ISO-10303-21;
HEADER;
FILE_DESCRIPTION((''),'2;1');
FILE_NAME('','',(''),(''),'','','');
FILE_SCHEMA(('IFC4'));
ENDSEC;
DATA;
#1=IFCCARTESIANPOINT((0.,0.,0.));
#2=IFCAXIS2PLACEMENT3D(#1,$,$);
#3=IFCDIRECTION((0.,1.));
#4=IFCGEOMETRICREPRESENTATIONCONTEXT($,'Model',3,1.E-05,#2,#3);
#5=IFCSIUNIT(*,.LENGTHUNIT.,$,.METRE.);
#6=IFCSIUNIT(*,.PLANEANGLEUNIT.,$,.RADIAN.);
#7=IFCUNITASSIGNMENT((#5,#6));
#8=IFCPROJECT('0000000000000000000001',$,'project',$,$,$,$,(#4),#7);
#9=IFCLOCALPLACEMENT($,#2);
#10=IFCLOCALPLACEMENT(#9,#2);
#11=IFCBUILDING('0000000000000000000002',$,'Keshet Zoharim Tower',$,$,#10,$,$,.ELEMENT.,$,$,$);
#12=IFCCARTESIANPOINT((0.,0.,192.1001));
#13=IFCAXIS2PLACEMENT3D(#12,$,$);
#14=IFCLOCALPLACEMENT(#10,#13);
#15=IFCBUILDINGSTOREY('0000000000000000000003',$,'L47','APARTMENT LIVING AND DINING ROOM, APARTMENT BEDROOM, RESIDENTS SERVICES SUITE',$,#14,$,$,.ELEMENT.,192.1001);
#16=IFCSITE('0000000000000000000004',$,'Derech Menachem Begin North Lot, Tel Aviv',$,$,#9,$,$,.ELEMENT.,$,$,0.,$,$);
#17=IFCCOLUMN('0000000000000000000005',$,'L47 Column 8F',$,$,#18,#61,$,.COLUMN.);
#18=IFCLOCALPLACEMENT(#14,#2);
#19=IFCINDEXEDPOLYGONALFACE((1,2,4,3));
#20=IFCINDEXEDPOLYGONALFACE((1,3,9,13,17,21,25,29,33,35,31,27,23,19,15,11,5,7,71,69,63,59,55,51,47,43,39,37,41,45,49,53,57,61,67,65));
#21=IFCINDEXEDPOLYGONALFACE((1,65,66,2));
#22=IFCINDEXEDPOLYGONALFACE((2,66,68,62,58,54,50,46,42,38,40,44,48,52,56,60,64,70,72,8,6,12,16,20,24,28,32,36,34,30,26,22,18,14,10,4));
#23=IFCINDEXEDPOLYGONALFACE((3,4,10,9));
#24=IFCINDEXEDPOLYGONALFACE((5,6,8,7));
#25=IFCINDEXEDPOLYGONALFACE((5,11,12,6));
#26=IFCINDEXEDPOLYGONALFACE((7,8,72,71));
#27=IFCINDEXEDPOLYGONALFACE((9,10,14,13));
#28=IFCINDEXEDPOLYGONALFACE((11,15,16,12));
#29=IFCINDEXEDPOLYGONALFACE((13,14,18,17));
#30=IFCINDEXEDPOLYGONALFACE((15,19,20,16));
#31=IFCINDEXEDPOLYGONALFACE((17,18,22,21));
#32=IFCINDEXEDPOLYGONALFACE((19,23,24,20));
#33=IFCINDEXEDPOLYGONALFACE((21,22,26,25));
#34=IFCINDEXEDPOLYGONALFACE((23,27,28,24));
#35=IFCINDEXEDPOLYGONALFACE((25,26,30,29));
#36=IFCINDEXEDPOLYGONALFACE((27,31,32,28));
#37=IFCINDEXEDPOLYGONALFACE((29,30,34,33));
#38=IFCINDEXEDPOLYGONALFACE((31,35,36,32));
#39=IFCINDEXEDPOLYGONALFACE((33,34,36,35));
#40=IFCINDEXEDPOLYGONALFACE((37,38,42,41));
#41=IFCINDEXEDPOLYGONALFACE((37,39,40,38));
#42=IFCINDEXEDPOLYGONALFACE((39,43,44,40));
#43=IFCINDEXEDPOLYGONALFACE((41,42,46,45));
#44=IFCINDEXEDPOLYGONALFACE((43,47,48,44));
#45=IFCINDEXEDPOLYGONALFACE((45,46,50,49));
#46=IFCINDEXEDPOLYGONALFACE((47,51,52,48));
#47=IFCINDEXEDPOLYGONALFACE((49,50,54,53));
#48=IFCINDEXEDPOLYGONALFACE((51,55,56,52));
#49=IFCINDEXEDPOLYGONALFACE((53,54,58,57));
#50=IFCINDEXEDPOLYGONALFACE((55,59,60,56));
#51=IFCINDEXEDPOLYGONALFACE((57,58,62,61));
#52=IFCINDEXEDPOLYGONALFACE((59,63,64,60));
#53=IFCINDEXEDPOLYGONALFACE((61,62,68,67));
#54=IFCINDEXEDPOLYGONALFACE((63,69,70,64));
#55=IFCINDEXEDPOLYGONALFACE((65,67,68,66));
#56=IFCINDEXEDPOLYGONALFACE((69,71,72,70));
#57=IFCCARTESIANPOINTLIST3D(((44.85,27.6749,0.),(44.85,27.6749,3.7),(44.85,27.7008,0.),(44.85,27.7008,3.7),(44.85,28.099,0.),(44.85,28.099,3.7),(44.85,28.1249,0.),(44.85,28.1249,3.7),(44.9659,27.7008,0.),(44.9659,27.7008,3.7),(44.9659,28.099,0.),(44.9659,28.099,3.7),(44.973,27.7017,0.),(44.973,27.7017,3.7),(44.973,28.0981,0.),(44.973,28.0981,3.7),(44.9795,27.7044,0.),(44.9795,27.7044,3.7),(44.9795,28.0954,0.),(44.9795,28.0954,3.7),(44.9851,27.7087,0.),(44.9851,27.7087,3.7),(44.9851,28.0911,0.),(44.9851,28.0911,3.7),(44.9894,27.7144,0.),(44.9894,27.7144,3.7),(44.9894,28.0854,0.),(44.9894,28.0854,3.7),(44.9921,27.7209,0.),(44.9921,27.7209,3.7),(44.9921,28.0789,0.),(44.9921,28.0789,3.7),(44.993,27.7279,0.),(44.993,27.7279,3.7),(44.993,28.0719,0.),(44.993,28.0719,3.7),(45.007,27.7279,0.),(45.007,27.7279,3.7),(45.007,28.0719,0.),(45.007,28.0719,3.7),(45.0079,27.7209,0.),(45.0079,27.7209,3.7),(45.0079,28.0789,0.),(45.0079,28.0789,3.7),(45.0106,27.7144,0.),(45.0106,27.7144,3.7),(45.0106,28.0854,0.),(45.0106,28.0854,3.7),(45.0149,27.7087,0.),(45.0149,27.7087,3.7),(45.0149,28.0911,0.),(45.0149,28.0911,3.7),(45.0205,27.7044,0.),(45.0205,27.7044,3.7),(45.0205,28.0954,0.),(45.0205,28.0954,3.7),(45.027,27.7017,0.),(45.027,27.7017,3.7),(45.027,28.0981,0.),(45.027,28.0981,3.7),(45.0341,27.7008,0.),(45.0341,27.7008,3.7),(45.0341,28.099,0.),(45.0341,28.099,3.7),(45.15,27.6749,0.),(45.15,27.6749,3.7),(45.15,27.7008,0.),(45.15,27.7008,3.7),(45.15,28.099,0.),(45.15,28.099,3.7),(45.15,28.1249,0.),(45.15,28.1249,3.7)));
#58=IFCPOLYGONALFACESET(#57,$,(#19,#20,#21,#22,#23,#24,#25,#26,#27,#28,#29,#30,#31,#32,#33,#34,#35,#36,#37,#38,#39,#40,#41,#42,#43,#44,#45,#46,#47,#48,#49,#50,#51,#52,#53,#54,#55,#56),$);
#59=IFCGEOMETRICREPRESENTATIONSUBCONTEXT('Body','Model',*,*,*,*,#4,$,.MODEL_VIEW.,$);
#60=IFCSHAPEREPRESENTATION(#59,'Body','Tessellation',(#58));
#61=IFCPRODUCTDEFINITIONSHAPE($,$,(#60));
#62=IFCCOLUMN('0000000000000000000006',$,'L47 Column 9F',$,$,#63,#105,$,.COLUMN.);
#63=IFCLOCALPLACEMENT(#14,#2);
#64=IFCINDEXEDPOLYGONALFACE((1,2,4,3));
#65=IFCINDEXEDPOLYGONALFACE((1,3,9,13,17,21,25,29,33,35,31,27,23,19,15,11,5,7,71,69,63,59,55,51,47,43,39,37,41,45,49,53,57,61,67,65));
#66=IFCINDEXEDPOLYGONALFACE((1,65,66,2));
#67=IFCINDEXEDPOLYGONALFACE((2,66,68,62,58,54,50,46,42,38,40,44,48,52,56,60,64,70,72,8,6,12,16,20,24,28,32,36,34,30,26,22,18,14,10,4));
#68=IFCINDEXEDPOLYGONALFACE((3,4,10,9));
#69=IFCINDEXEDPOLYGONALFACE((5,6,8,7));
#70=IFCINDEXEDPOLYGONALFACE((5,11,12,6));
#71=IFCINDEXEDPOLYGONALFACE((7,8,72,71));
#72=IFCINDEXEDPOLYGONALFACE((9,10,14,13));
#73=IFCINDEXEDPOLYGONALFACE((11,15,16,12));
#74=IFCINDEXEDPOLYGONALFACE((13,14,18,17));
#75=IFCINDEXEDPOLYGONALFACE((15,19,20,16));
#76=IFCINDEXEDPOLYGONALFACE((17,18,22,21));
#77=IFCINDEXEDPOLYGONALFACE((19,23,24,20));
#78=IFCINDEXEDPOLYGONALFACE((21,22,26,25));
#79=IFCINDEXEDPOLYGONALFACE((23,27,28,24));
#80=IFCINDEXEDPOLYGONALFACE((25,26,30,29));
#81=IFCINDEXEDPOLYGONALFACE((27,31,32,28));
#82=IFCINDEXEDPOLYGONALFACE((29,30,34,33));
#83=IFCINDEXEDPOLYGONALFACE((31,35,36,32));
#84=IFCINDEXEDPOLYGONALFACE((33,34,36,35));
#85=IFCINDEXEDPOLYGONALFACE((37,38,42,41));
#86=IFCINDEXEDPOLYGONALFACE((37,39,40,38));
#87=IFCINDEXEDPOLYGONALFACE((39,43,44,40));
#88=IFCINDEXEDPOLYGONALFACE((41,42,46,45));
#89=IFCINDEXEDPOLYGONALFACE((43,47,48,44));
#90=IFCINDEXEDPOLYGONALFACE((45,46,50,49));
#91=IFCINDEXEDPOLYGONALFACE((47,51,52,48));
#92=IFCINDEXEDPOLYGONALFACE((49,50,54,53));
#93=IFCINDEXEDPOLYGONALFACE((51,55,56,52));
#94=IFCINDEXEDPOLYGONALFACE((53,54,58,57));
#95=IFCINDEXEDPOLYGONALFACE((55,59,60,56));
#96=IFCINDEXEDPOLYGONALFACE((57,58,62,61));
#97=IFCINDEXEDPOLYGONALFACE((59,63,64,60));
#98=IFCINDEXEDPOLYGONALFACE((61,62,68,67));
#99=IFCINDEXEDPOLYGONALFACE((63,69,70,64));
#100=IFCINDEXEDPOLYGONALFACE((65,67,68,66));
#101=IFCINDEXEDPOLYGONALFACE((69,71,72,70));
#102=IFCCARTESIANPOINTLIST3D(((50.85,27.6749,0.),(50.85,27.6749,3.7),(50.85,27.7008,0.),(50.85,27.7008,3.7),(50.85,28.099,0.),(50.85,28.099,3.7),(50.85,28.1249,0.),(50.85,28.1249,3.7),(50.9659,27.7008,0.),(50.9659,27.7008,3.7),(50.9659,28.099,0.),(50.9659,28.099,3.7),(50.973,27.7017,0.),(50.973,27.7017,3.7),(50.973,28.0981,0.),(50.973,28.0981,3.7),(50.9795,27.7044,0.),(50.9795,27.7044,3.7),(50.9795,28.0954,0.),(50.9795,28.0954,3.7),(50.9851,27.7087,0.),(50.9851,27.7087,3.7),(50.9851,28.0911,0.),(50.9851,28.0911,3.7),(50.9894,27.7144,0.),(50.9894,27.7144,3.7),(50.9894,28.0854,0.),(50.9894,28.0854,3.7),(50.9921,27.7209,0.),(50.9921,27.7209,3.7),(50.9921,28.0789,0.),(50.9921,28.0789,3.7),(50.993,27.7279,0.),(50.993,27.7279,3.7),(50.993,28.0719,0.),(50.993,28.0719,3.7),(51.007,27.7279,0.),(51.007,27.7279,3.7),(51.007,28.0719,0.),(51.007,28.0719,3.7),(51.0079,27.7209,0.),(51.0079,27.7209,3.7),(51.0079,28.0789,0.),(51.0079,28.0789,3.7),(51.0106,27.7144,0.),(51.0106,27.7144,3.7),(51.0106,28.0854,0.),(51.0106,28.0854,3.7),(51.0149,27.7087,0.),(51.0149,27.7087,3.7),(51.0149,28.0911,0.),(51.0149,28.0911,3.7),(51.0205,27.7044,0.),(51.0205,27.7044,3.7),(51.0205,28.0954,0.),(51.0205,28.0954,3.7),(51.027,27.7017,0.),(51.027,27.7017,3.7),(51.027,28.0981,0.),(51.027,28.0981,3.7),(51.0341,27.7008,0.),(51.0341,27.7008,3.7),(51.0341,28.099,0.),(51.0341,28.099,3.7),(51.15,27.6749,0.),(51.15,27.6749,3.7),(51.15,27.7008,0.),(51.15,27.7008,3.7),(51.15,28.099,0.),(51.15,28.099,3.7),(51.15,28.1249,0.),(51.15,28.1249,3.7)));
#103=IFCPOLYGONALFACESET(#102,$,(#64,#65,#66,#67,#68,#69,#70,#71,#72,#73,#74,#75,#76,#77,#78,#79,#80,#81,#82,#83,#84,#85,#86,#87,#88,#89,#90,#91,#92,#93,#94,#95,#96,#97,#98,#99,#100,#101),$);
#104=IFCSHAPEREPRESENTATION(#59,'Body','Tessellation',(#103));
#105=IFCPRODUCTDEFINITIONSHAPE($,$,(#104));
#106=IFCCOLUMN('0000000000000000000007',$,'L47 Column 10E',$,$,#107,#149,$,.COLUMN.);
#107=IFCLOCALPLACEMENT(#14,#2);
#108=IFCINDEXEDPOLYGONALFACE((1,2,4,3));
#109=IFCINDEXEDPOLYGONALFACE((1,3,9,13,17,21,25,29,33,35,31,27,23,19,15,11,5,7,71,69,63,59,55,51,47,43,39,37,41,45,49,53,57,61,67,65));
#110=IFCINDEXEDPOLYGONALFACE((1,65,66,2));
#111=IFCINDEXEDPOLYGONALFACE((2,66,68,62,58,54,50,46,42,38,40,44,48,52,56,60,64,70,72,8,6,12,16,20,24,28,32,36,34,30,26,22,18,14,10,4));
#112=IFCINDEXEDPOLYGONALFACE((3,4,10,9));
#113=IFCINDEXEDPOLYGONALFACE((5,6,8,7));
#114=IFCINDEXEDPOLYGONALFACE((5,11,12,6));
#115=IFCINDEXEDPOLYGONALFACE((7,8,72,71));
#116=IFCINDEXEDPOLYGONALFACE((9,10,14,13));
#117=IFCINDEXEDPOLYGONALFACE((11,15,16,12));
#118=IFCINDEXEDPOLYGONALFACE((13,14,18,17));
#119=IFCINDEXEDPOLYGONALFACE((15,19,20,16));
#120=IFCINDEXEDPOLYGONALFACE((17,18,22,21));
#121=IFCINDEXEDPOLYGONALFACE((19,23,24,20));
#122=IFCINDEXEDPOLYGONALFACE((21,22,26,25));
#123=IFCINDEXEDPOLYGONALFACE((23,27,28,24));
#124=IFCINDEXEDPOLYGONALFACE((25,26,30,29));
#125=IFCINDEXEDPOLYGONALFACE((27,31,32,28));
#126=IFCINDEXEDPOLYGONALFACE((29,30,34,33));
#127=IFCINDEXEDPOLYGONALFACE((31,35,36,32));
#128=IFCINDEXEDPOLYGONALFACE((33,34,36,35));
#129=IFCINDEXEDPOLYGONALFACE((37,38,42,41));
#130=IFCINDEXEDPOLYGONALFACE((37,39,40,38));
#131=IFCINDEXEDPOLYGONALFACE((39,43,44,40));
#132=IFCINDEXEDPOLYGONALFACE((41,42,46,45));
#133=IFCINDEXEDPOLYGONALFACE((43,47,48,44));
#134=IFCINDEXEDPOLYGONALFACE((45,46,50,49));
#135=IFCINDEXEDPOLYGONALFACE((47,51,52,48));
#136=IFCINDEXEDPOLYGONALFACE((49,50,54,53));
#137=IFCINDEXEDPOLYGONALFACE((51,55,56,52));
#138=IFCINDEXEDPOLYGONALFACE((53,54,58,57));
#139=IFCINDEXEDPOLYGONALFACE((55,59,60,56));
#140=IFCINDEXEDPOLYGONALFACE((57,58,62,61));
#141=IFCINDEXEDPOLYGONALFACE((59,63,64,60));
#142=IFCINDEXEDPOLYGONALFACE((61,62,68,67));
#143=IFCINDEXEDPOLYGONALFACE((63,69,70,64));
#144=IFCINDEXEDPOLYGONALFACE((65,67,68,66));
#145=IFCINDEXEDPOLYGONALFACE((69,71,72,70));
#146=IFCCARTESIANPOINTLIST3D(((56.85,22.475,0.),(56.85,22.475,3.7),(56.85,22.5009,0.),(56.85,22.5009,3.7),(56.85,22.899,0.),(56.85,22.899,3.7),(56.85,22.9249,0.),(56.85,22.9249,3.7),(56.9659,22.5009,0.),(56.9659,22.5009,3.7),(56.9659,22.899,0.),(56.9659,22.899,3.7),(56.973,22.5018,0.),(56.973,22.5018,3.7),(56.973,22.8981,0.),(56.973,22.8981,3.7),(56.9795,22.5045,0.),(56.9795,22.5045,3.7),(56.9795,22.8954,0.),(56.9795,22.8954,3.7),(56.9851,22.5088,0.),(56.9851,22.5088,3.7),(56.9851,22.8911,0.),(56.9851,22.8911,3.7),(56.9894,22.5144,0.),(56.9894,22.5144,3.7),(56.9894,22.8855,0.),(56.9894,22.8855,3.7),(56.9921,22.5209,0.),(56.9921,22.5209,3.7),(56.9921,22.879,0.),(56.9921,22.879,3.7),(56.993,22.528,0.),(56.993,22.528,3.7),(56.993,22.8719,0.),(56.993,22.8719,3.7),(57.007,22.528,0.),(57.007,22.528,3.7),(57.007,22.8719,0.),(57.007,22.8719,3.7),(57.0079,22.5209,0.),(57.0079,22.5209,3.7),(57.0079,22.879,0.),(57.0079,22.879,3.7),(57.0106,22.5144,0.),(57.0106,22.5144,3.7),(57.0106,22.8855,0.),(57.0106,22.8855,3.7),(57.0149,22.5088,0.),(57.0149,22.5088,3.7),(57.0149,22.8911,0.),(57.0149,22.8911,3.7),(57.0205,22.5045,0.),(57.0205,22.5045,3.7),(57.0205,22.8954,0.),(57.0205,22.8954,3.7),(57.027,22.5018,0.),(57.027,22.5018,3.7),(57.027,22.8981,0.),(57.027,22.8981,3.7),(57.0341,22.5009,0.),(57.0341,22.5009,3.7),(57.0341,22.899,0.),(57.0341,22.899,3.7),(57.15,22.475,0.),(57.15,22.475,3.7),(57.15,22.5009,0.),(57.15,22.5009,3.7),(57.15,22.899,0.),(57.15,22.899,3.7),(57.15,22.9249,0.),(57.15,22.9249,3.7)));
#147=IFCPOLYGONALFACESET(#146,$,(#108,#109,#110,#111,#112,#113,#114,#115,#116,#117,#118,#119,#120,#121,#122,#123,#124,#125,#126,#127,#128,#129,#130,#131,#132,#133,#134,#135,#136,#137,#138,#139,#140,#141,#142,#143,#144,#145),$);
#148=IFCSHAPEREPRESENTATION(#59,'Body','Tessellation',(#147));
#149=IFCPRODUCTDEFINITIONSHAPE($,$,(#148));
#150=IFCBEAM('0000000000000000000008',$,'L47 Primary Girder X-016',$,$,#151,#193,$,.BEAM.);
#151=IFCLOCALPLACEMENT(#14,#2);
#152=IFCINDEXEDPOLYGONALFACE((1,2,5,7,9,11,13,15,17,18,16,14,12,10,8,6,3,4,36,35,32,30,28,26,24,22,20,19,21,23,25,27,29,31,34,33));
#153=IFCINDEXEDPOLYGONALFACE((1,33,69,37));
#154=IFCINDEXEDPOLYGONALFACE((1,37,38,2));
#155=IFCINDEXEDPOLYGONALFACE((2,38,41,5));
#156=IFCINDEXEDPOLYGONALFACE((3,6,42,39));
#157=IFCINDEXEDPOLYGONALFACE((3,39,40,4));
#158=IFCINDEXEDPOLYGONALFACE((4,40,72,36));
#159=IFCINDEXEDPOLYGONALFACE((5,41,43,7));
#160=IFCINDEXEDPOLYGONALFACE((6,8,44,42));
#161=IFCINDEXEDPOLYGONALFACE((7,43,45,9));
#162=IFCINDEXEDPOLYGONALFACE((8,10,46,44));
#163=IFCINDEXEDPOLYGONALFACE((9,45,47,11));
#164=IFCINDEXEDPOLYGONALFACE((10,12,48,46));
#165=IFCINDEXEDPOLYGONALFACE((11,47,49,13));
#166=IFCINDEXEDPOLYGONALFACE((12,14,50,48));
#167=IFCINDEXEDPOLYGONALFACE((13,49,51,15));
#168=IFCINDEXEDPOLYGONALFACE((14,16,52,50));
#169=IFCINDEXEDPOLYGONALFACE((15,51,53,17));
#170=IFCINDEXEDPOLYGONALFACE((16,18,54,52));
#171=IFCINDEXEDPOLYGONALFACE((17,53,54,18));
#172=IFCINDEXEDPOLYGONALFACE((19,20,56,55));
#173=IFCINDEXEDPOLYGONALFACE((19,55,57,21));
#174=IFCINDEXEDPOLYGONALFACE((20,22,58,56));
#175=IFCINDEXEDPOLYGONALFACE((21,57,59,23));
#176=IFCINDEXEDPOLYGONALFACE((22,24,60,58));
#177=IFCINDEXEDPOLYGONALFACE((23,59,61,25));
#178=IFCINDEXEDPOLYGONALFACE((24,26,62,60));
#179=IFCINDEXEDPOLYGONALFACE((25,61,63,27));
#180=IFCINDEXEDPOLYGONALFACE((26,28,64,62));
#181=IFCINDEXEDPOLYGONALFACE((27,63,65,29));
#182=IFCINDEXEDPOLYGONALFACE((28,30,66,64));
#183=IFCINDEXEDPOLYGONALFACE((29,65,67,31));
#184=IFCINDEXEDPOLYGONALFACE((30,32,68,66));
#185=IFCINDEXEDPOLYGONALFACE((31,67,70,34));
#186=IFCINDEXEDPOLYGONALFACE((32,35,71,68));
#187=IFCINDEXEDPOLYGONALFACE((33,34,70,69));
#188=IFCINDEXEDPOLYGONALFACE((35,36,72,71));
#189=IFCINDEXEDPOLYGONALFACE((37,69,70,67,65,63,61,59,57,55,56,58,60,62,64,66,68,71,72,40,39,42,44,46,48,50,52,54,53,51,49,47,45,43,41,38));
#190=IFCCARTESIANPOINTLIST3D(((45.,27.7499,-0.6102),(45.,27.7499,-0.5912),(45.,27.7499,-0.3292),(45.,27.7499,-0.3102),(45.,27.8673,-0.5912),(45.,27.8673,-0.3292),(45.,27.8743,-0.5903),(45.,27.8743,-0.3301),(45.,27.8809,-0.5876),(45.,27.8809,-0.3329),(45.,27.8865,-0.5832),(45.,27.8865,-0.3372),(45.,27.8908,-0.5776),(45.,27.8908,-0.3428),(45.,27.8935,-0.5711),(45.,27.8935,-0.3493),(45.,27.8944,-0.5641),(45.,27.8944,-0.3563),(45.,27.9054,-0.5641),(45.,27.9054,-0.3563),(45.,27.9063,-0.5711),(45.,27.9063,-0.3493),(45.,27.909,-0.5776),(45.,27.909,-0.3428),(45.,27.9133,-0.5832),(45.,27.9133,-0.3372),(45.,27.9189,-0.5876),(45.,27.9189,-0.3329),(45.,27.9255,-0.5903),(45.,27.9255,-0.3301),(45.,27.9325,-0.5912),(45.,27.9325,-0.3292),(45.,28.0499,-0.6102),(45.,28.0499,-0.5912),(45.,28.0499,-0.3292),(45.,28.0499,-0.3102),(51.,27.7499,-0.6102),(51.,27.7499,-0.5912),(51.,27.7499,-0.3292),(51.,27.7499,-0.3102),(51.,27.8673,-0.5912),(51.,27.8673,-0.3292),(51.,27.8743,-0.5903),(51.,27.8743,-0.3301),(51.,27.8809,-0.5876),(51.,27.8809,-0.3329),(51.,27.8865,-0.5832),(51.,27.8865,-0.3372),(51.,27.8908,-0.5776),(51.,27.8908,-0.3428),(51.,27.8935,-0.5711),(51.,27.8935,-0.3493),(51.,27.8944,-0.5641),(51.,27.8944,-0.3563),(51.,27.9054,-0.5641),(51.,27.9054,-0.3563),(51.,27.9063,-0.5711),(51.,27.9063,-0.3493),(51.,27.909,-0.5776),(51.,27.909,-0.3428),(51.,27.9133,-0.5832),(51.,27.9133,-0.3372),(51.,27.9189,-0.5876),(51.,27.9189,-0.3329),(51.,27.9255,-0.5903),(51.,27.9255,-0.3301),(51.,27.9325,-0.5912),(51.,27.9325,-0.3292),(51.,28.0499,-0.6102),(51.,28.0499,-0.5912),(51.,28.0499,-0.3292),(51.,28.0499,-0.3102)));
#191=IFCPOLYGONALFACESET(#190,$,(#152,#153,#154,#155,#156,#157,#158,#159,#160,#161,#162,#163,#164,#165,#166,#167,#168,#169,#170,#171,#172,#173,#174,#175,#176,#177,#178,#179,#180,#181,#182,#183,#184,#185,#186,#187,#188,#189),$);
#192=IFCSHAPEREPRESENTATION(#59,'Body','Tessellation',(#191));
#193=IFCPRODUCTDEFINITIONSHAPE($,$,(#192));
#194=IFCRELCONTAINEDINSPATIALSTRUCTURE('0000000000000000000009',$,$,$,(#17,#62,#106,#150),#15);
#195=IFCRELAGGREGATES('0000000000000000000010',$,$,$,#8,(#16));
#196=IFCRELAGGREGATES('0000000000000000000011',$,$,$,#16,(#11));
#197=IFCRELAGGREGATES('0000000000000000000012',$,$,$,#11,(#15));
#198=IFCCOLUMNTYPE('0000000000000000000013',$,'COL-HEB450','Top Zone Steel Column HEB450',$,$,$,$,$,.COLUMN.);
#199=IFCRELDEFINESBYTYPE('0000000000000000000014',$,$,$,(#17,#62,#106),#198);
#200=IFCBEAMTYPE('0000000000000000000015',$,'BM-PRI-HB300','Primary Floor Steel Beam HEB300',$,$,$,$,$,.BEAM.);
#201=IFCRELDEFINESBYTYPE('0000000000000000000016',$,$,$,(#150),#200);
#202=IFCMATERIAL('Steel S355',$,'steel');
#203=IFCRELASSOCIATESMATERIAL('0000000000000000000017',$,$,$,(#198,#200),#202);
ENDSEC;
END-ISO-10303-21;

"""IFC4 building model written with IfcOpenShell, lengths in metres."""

from ifc_helpers import new_model, si_unit, direction, frame, origin, origin_2d, place, context, subcontext, project, spatial, i_section, extrude, material, material_profile, profile_set, type_object, element, save


model = new_model("IFC4")

# Units and contexts
model_context = context("Model", 3, precision=1e-05, world=origin(), true_north=direction((0.0, 1.0)))
body_context = subcontext(model_context, "Body", "Model", "MODEL_VIEW")
ifc_project = project(units=[si_unit("LENGTHUNIT", "METRE"), si_unit("PLANEANGLEUNIT", "RADIAN")], contexts=[model_context])

# Site, building, storey
site_placement = place(None, origin())
site = spatial("IfcSite", under=ifc_project, at=site_placement, Name="Derech Menachem Begin North Lot, Tel Aviv", CompositionType="ELEMENT", RefElevation=0.0)
building_placement = place(site_placement, origin())
building = spatial("IfcBuilding", under=site, at=building_placement, Name="Keshet Zoharim Tower", CompositionType="ELEMENT")
storey_placement = place(building_placement, frame((0.0, 0.0, 192.1001)))
storey = spatial("IfcBuildingStorey", under=building, at=storey_placement, Name="L47", Description="APARTMENT LIVING AND DINING ROOM, APARTMENT BEDROOM, RESIDENTS SERVICES SUITE", CompositionType="ELEMENT", Elevation=192.1001)

# Columns
ifc_material_1 = material(Name="Steel S355", Category="steel")
ifc_material_profile_1 = material_profile(ifc_material_1, i_section(OverallWidth=0.3, OverallDepth=0.45, WebThickness=0.0139, FlangeThickness=0.0259, FilletRadius=0.0271, at=origin_2d()), Name="HEB450")
ifc_profile_set_1 = profile_set([ifc_material_profile_1], Name="Steel S355")
column_type = type_object("IfcColumnType", Name="COL-HEB450", Description="Top Zone Steel Column HEB450", PredefinedType="COLUMN", material=ifc_profile_set_1)
for number, where, z_axis, x_axis, name in (
    (1, (45.0, 27.8999, 0.0), (0.0, 0.0, 1.0), (1.0, 0.0, 0.0), "L47 Column 8F"),
    (2, (51.0, 27.8999, 0.0), (0.0, 0.0, 1.0), (1.0, 0.0, 0.0), "L47 Column 9F"),
    (3, (57.0, 22.7, 0.0), (0.0, 0.0, 1.0), (1.0, 0.0, 0.0), "L47 Column 10E"),
):
    element("IfcColumn", number, at=place(storey_placement, frame(where, z_axis=z_axis, x_axis=x_axis)), inside=storey, type_object=column_type, Name=name, PredefinedType="COLUMN", context=body_context, shape_type="SweptSolid", body=[
        extrude(i_section(OverallWidth=0.3, OverallDepth=0.45, WebThickness=0.0139, FlangeThickness=0.0259, FilletRadius=0.0271, at=origin_2d()), origin(), (0.0, 0.0, 1.0), 3.7),
    ])

# Beam
ifc_material_profile_2 = material_profile(ifc_material_1, i_section(OverallWidth=0.3, OverallDepth=0.3, WebThickness=0.011, FlangeThickness=0.019, FilletRadius=0.0271, at=origin_2d()), Name="HEB300")
ifc_profile_set_2 = profile_set([ifc_material_profile_2], Name="Steel S355")
beam_type = type_object("IfcBeamType", Name="BM-PRI-HB300", Description="Primary Floor Steel Beam HEB300", PredefinedType="BEAM", material=ifc_profile_set_2)
beam_placement = place(storey_placement, frame((45.0, 27.8999, -0.4602), z_axis=(1.0, 0.0, 0.0), x_axis=(0.0, 1.0, 0.0)))
element("IfcBeam", 4, at=beam_placement, inside=storey, type_object=beam_type, Name="L47 Primary Girder X-016", PredefinedType="BEAM", context=body_context, shape_type="SweptSolid", body=[
    extrude(i_section(OverallWidth=0.3, OverallDepth=0.3, WebThickness=0.011, FlangeThickness=0.019, FilletRadius=0.0271, at=origin_2d()), origin(), (0.0, 0.0, 1.0), 6.0),
])

save(model, "model.ifc")
